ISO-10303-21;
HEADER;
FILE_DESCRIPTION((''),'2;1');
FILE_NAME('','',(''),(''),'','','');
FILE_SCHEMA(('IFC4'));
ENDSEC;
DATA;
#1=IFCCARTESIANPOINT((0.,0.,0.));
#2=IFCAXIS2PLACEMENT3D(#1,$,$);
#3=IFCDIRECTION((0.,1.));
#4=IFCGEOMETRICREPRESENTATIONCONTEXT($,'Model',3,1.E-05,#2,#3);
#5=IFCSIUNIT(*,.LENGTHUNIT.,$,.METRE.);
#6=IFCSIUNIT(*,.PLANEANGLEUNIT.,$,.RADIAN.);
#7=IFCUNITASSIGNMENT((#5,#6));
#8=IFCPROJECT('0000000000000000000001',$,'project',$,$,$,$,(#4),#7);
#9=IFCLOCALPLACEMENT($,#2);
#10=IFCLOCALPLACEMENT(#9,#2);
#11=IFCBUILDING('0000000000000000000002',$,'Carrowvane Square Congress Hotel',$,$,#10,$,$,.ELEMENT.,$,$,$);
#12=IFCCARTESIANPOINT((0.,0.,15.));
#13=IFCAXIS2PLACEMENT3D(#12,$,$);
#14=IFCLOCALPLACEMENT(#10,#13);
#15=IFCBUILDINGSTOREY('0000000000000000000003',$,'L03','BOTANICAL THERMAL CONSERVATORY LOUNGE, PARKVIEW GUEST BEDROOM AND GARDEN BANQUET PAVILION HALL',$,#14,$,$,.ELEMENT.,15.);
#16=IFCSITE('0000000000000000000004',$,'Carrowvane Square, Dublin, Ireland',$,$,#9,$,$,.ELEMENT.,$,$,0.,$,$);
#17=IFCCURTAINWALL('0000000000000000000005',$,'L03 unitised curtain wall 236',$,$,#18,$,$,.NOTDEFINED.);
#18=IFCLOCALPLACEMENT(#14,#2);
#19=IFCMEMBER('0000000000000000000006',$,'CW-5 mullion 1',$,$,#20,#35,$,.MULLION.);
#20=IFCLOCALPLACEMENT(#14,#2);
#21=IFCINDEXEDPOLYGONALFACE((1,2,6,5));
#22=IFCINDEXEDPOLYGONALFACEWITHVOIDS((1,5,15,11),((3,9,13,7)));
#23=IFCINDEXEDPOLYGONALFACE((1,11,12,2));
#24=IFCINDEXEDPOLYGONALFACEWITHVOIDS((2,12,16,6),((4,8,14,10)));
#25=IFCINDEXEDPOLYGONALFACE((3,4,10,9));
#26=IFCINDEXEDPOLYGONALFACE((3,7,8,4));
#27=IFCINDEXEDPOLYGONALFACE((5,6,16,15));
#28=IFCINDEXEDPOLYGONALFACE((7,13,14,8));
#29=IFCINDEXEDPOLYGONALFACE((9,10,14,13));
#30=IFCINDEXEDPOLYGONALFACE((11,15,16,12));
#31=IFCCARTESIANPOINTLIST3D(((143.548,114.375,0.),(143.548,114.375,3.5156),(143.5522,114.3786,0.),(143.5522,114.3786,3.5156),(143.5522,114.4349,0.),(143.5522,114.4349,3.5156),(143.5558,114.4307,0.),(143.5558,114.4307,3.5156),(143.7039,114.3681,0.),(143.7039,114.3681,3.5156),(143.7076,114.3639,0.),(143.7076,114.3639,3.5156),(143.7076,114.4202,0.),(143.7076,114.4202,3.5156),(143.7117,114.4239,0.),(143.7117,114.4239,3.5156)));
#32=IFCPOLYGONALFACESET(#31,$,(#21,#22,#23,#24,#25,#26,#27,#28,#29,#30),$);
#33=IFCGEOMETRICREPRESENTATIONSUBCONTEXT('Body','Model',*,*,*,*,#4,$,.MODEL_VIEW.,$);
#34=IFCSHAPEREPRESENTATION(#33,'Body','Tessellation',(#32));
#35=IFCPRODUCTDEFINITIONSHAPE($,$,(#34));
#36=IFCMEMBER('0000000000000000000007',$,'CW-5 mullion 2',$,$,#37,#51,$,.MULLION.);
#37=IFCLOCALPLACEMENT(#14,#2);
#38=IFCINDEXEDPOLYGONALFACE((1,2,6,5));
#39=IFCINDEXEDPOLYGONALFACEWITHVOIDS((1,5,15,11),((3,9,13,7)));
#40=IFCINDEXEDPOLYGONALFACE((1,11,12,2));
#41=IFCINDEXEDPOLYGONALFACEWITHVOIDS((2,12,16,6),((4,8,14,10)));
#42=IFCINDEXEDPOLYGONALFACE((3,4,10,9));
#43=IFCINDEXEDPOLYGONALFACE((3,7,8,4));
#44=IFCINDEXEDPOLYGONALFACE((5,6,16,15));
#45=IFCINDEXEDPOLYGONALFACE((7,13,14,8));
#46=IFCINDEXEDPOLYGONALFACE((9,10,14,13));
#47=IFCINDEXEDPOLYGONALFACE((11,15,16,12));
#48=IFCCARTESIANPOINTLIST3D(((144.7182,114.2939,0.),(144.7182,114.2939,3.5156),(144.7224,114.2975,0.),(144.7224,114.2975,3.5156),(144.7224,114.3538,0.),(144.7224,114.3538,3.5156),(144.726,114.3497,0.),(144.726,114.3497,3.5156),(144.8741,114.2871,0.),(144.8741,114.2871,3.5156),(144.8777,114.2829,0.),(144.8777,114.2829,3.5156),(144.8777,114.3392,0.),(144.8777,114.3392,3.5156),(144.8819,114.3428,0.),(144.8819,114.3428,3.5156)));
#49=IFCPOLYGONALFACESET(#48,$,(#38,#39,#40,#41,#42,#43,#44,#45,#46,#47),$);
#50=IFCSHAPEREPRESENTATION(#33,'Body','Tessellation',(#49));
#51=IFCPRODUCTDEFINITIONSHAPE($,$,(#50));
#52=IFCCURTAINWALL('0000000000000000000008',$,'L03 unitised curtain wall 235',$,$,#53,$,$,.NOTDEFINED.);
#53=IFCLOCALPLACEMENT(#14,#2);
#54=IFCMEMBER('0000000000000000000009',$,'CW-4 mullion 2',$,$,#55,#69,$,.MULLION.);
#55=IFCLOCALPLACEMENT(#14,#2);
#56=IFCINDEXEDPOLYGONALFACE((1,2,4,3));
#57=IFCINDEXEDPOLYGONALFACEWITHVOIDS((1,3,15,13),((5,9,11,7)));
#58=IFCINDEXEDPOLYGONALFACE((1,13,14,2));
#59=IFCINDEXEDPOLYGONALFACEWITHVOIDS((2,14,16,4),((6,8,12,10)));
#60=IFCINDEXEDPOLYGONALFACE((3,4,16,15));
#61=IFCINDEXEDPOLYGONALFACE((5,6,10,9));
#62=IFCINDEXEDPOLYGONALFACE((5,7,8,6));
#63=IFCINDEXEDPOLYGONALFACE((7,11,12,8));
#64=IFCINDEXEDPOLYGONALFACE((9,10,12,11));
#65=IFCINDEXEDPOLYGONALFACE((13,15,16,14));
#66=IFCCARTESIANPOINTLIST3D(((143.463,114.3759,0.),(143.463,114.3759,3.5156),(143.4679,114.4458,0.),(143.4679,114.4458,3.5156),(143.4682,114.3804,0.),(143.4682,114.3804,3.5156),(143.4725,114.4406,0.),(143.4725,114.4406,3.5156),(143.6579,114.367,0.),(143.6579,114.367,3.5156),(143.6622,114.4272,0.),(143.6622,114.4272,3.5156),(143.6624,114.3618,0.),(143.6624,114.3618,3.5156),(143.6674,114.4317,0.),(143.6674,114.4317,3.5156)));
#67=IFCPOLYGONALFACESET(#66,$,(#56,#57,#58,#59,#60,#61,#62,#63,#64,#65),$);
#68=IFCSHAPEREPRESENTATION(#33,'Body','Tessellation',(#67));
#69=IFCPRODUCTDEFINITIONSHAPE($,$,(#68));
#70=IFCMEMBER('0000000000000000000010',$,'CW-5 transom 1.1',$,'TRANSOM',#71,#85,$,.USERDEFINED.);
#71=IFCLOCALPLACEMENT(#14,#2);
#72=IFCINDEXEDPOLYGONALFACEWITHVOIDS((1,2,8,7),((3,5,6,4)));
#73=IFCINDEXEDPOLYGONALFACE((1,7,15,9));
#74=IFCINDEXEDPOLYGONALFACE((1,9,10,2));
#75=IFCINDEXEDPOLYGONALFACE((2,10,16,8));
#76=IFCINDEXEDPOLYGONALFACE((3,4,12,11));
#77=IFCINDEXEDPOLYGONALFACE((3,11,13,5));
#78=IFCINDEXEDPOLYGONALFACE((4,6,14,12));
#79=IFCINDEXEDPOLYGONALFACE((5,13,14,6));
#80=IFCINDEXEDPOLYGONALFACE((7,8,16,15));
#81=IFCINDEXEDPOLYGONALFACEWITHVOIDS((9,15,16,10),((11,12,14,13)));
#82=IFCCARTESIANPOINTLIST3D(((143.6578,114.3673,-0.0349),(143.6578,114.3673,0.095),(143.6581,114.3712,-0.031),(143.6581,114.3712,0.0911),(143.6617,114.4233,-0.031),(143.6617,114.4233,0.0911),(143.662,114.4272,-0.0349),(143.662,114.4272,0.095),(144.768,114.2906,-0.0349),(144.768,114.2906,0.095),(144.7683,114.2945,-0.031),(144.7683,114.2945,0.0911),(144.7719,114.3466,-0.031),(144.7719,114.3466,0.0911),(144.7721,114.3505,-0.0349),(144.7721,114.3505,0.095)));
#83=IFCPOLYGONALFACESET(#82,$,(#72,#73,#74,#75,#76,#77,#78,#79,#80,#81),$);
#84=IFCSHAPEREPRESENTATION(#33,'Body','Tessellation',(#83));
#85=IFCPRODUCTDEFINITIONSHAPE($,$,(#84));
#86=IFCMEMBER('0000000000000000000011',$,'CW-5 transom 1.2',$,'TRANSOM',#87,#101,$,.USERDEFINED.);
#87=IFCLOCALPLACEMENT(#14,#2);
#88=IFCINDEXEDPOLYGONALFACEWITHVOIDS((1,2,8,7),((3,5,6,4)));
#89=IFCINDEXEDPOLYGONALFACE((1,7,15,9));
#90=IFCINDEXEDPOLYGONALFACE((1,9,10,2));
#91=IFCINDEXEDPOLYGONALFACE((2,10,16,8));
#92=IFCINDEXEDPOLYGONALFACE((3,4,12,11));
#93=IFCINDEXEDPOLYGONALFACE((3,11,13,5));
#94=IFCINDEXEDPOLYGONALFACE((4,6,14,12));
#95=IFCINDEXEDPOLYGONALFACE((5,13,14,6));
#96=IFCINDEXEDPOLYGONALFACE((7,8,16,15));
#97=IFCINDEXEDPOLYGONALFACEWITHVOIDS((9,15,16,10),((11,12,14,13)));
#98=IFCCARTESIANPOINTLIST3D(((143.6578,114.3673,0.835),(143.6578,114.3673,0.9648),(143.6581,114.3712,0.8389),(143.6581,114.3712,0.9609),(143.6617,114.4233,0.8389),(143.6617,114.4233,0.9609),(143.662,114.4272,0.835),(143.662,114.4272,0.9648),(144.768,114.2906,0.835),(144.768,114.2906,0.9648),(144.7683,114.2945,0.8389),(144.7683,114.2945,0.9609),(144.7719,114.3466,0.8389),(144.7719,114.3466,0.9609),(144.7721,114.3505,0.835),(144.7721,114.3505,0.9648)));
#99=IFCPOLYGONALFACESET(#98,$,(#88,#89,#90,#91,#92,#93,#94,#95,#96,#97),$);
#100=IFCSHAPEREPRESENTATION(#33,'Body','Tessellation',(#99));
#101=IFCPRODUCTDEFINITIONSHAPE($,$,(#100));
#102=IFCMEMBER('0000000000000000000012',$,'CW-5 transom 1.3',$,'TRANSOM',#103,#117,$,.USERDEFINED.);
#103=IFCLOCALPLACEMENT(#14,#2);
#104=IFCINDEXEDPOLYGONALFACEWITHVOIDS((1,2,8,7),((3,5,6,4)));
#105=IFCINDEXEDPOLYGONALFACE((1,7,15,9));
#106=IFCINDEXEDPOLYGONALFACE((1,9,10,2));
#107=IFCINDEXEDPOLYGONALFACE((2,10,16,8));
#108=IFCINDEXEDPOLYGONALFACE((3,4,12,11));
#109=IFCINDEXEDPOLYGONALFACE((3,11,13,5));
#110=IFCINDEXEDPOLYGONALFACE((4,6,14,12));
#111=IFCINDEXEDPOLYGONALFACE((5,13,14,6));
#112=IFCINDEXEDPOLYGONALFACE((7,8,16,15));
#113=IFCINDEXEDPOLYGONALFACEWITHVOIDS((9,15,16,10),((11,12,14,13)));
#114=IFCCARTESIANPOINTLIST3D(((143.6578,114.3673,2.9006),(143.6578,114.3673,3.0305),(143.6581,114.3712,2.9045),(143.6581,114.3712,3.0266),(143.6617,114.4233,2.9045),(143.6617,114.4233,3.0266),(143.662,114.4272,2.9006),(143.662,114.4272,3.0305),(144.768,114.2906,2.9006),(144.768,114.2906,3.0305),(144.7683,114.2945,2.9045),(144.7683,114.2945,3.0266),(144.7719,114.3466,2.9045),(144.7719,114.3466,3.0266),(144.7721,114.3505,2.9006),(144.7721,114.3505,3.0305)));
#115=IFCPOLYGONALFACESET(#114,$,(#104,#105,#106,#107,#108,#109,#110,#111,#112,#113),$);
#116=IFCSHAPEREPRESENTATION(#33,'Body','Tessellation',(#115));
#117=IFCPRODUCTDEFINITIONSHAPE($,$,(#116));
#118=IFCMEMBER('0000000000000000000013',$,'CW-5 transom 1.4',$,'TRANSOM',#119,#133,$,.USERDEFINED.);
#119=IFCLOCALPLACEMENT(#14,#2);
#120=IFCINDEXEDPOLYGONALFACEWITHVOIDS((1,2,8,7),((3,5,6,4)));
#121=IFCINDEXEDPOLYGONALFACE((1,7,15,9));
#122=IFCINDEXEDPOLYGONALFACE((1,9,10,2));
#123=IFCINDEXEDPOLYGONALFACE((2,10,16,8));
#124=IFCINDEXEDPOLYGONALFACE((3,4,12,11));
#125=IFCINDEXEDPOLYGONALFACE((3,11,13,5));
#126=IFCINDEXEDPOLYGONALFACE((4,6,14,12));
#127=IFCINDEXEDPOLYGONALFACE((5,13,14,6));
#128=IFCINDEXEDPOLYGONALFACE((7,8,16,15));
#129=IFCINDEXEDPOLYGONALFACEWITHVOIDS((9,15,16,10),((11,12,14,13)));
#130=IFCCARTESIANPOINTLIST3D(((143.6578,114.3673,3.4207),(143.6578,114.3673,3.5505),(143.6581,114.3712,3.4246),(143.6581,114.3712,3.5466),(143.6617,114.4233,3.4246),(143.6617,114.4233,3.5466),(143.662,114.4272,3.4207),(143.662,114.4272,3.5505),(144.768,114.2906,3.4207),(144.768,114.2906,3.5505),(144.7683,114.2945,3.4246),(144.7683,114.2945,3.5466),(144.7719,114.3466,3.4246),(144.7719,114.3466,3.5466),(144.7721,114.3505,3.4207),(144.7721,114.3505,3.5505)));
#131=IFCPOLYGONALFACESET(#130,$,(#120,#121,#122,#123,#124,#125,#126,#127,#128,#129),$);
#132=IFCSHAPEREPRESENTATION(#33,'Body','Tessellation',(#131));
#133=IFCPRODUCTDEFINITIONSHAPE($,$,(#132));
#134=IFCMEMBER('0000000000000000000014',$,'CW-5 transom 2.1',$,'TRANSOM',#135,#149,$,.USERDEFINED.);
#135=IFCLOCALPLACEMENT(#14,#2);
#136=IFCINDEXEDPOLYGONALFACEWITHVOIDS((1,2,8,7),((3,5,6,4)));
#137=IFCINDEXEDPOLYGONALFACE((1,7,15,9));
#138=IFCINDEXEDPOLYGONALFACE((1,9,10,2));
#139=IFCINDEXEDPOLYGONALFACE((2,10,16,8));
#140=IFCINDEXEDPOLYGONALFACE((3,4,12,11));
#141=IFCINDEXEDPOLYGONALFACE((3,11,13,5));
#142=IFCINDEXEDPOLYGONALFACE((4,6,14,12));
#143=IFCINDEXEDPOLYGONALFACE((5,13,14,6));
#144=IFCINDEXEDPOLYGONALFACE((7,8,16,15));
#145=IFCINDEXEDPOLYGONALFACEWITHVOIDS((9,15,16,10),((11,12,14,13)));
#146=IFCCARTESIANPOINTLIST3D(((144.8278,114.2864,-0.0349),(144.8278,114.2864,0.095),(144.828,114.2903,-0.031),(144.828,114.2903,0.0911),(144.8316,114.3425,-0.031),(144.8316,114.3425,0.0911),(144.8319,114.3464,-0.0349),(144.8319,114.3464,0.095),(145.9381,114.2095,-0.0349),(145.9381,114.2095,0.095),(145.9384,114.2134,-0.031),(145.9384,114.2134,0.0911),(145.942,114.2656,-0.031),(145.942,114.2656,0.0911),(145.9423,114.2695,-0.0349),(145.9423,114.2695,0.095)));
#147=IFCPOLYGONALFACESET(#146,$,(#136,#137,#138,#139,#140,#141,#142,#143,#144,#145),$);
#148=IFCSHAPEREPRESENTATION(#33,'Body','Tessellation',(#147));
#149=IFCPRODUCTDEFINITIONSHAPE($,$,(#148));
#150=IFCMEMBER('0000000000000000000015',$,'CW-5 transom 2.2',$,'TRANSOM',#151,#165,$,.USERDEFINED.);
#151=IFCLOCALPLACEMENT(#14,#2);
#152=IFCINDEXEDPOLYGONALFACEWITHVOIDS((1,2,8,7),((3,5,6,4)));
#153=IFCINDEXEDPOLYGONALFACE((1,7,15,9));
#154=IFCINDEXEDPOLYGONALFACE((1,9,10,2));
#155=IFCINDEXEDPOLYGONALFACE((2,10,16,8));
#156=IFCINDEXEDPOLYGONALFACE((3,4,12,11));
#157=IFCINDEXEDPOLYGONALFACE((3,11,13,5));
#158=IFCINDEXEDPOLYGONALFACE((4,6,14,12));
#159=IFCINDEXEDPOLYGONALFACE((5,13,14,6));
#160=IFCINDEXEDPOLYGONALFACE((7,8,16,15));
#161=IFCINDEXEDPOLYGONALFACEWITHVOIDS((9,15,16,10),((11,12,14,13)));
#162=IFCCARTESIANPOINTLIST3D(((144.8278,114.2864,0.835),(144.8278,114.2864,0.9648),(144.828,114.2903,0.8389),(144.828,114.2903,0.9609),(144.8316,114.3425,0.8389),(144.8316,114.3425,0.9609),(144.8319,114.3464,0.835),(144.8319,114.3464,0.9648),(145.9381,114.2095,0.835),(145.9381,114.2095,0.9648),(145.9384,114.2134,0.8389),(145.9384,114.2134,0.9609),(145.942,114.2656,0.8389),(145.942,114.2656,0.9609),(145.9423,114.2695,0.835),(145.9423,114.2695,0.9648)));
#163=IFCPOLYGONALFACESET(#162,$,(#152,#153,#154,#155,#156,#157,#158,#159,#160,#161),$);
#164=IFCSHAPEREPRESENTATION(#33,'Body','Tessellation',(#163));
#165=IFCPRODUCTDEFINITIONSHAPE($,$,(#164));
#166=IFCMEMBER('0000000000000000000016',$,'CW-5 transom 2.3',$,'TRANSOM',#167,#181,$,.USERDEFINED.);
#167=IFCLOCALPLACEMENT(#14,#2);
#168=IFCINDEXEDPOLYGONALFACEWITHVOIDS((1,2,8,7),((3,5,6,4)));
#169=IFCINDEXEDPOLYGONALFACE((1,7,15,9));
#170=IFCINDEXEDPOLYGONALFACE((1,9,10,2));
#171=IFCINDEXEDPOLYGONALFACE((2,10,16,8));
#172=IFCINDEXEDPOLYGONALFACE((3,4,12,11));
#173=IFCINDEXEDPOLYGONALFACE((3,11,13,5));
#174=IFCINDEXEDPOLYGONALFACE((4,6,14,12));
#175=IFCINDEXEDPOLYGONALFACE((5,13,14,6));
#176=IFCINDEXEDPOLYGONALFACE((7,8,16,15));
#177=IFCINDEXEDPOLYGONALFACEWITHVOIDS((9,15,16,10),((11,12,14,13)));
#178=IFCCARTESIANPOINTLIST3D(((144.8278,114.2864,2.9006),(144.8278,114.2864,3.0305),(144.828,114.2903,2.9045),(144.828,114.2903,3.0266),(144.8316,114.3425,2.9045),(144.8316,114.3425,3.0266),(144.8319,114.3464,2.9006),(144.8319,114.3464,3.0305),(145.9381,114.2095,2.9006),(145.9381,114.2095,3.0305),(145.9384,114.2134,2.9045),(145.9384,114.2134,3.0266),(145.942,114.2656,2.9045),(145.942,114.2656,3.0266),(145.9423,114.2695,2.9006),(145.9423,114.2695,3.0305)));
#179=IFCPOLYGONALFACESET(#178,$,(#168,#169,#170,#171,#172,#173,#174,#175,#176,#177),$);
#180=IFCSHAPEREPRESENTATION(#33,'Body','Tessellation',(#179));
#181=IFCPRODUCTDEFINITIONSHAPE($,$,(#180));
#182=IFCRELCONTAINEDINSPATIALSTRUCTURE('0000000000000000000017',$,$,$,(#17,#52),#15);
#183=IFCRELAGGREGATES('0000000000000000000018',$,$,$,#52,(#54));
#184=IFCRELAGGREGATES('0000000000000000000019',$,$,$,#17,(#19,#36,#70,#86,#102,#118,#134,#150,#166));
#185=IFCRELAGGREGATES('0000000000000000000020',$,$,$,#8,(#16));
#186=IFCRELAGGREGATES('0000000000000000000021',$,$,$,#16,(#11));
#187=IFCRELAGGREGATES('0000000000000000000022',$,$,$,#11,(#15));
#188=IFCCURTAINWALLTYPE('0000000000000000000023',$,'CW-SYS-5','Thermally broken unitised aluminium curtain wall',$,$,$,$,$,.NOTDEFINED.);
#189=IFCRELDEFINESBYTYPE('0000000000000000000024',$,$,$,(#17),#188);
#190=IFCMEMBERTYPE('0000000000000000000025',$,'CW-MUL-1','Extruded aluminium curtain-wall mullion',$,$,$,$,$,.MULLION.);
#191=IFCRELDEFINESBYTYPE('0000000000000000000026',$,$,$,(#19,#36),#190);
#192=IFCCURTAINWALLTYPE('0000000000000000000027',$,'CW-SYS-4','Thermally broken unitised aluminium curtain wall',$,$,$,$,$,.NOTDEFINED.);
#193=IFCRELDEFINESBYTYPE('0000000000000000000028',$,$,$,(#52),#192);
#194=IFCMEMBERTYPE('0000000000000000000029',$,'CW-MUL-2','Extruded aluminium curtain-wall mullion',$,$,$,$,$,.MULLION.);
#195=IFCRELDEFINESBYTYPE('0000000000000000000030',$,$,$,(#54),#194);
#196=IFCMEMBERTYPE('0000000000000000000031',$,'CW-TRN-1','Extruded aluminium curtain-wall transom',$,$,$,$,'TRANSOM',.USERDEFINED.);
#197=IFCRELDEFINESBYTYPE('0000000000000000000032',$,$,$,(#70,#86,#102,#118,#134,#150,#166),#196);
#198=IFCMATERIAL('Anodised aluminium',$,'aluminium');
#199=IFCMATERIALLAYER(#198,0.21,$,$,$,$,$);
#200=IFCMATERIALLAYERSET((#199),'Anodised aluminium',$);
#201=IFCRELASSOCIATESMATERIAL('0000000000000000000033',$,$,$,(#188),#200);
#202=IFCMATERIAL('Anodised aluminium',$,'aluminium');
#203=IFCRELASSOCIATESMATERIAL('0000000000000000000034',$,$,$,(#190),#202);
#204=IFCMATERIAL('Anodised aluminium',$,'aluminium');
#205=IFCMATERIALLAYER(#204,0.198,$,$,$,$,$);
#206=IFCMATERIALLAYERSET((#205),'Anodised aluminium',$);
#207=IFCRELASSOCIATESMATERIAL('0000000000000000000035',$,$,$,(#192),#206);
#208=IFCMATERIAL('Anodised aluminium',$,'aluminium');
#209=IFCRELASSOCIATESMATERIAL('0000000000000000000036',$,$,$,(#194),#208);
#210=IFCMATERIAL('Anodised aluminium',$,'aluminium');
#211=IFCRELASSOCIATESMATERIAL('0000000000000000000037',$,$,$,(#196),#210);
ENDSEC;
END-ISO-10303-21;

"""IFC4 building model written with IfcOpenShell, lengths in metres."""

from ifc_helpers import new_model, si_unit, direction, frame, origin, origin_2d, place, context, subcontext, project, spatial, hollow_rectangle, extrude, material, layer, layer_set, material_profile, profile_set, type_object, element, aggregate, save


model = new_model("IFC4")

# Units and contexts
model_context = context("Model", 3, precision=1e-05, world=origin(), true_north=direction((0.0, 1.0)))
body_context = subcontext(model_context, "Body", "Model", "MODEL_VIEW")
ifc_project = project(units=[si_unit("LENGTHUNIT", "METRE"), si_unit("PLANEANGLEUNIT", "RADIAN")], contexts=[model_context])

# Site, building, storey
site_placement = place(None, origin())
site = spatial("IfcSite", under=ifc_project, at=site_placement, Name="Carrowvane Square, Dublin, Ireland", CompositionType="ELEMENT", RefElevation=0.0)
building_placement = place(site_placement, origin())
building = spatial("IfcBuilding", under=site, at=building_placement, Name="Carrowvane Square Congress Hotel", CompositionType="ELEMENT")
storey_placement = place(building_placement, frame((0.0, 0.0, 15.0)))
storey = spatial("IfcBuildingStorey", under=building, at=storey_placement, Name="L03", Description="BOTANICAL THERMAL CONSERVATORY LOUNGE, PARKVIEW GUEST BEDROOM AND GARDEN BANQUET PAVILION HALL", CompositionType="ELEMENT", Elevation=15.0)

# Curtain wall, members
ifc_material_1 = material(Name="Anodised aluminium", Category="aluminium")
ifc_layer_1 = layer(ifc_material_1, 0.21)
ifc_layer_set_1 = layer_set([ifc_layer_1], Name="Anodised aluminium")
curtain_wall_type_1 = type_object("IfcCurtainWallType", Name="CW-SYS-5", Description="Thermally broken unitised aluminium curtain wall", PredefinedType="NOTDEFINED", material=ifc_layer_set_1)
curtain_wall_1_placement = place(storey_placement, origin())
curtain_wall_1 = element("IfcCurtainWall", 1, at=curtain_wall_1_placement, inside=storey, type_object=curtain_wall_type_1, Name="L03 unitised curtain wall 236", PredefinedType="NOTDEFINED")
ifc_material_2 = material(Name="Anodised aluminium", Category="aluminium")
ifc_material_profile_1 = material_profile(ifc_material_2, hollow_rectangle(XDim=0.0601, YDim=0.1599, WallThickness=0.0039, at=origin_2d()), Name="CW-ML 60x160x4")
ifc_profile_set_1 = profile_set([ifc_material_profile_1], Name="Anodised aluminium")
member_type_1 = type_object("IfcMemberType", Name="CW-MUL-1", Description="Extruded aluminium curtain-wall mullion", PredefinedType="MULLION", material=ifc_profile_set_1)
member_1_placement = place(storey_placement, frame((143.6299, 114.3994, 0.0), z_axis=(0.0, 0.0, 1.0), x_axis=(0.068986, 0.997618, 0.0)))
member_1 = element("IfcMember", 2, at=member_1_placement, type_object=member_type_1, Name="CW-5 mullion 1", PredefinedType="MULLION", context=body_context, shape_type="SweptSolid", body=[
    extrude(hollow_rectangle(XDim=0.0601, YDim=0.1599, WallThickness=0.0039, at=origin_2d()), origin(), (0.0, 0.0, 1.0), 3.5156),
])
member_2_placement = place(storey_placement, frame((144.8, 114.3184, 0.0), z_axis=(0.0, 0.0, 1.0), x_axis=(0.068986, 0.997618, 0.0)))
member_2 = element("IfcMember", 3, at=member_2_placement, type_object=member_type_1, Name="CW-5 mullion 2", PredefinedType="MULLION", context=body_context, shape_type="SweptSolid", body=[
    extrude(hollow_rectangle(XDim=0.0601, YDim=0.1599, WallThickness=0.0039, at=origin_2d()), origin(), (0.0, 0.0, 1.0), 3.5156),
])

# Curtain wall, member
ifc_material_3 = material(Name="Anodised aluminium", Category="aluminium")
ifc_layer_2 = layer(ifc_material_3, 0.198)
ifc_layer_set_2 = layer_set([ifc_layer_2], Name="Anodised aluminium")
curtain_wall_type_2 = type_object("IfcCurtainWallType", Name="CW-SYS-4", Description="Thermally broken unitised aluminium curtain wall", PredefinedType="NOTDEFINED", material=ifc_layer_set_2)
curtain_wall_2_placement = place(storey_placement, origin())
curtain_wall_2 = element("IfcCurtainWall", 4, at=curtain_wall_2_placement, inside=storey, type_object=curtain_wall_type_2, Name="L03 unitised curtain wall 235", PredefinedType="NOTDEFINED")
ifc_material_4 = material(Name="Anodised aluminium", Category="aluminium")
ifc_material_profile_2 = material_profile(ifc_material_4, hollow_rectangle(XDim=0.0701, YDim=0.2, WallThickness=0.0049, at=origin_2d()), Name="CW-ML 70x200x5")
ifc_profile_set_2 = profile_set([ifc_material_profile_2], Name="Anodised aluminium")
member_type_2 = type_object("IfcMemberType", Name="CW-MUL-2", Description="Extruded aluminium curtain-wall mullion", PredefinedType="MULLION", material=ifc_profile_set_2)
member_3_placement = place(storey_placement, frame((143.5652, 114.4038, 0.0), z_axis=(0.0, 0.0, 1.0), x_axis=(0.070586, 0.997506, 0.0)))
member_3 = element("IfcMember", 5, at=member_3_placement, type_object=member_type_2, Name="CW-4 mullion 2", PredefinedType="MULLION", context=body_context, shape_type="SweptSolid", body=[
    extrude(hollow_rectangle(XDim=0.0701, YDim=0.2, WallThickness=0.0049, at=origin_2d()), origin(), (0.0, 0.0, 1.0), 3.5156),
])

# Members
ifc_material_5 = material(Name="Anodised aluminium", Category="aluminium")
ifc_material_profile_3 = material_profile(ifc_material_5, hollow_rectangle(XDim=0.0601, YDim=0.1299, WallThickness=0.0039, at=origin_2d()), Name="CW-TR 60x130x4")
ifc_profile_set_3 = profile_set([ifc_material_profile_3], Name="Anodised aluminium")
member_type_3 = type_object("IfcMemberType", Name="CW-TRN-1", Description="Extruded aluminium curtain-wall transom", ElementType="TRANSOM", PredefinedType="USERDEFINED", material=ifc_profile_set_3)
member_4_placement = place(storey_placement, frame((143.6599, 114.3972, 0.03), z_axis=(0.997624, -0.068892, 0.0), x_axis=(0.068892, 0.997624, 0.0)))
member_4 = element("IfcMember", 6, at=member_4_placement, type_object=member_type_3, Name="CW-5 transom 1.1", ObjectType="TRANSOM", PredefinedType="USERDEFINED", context=body_context, shape_type="SweptSolid", body=[
    extrude(hollow_rectangle(XDim=0.0601, YDim=0.1299, WallThickness=0.0039, at=origin_2d()), origin(), (0.0, 0.0, 1.0), 1.1128),
])
member_5_placement = place(storey_placement, frame((143.6599, 114.3972, 0.8999), z_axis=(0.997624, -0.068892, 0.0), x_axis=(0.068892, 0.997624, 0.0)))
member_5 = element("IfcMember", 7, at=member_5_placement, type_object=member_type_3, Name="CW-5 transom 1.2", ObjectType="TRANSOM", PredefinedType="USERDEFINED", context=body_context, shape_type="SweptSolid", body=[
    extrude(hollow_rectangle(XDim=0.0601, YDim=0.1299, WallThickness=0.0039, at=origin_2d()), origin(), (0.0, 0.0, 1.0), 1.1128),
])
member_6_placement = place(storey_placement, frame((143.6599, 114.3972, 2.9656), z_axis=(0.997624, -0.068892, 0.0), x_axis=(0.068892, 0.997624, 0.0)))
member_6 = element("IfcMember", 8, at=member_6_placement, type_object=member_type_3, Name="CW-5 transom 1.3", ObjectType="TRANSOM", PredefinedType="USERDEFINED", context=body_context, shape_type="SweptSolid", body=[
    extrude(hollow_rectangle(XDim=0.0601, YDim=0.1299, WallThickness=0.0039, at=origin_2d()), origin(), (0.0, 0.0, 1.0), 1.1128),
])
member_7_placement = place(storey_placement, frame((143.6599, 114.3972, 3.4856), z_axis=(0.997624, -0.068892, 0.0), x_axis=(0.068892, 0.997624, 0.0)))
member_7 = element("IfcMember", 9, at=member_7_placement, type_object=member_type_3, Name="CW-5 transom 1.4", ObjectType="TRANSOM", PredefinedType="USERDEFINED", context=body_context, shape_type="SweptSolid", body=[
    extrude(hollow_rectangle(XDim=0.0601, YDim=0.1299, WallThickness=0.0039, at=origin_2d()), origin(), (0.0, 0.0, 1.0), 1.1128),
])
member_8_placement = place(storey_placement, frame((144.8298, 114.3164, 0.03), z_axis=(0.99761, -0.069096, 0.0), x_axis=(0.069096, 0.99761, 0.0)))
member_8 = element("IfcMember", 10, at=member_8_placement, type_object=member_type_3, Name="CW-5 transom 2.1", ObjectType="TRANSOM", PredefinedType="USERDEFINED", context=body_context, shape_type="SweptSolid", body=[
    extrude(hollow_rectangle(XDim=0.0601, YDim=0.1299, WallThickness=0.0039, at=origin_2d()), origin(), (0.0, 0.0, 1.0), 1.113),
])
member_9_placement = place(storey_placement, frame((144.8298, 114.3164, 0.8999), z_axis=(0.99761, -0.069096, 0.0), x_axis=(0.069096, 0.99761, 0.0)))
member_9 = element("IfcMember", 11, at=member_9_placement, type_object=member_type_3, Name="CW-5 transom 2.2", ObjectType="TRANSOM", PredefinedType="USERDEFINED", context=body_context, shape_type="SweptSolid", body=[
    extrude(hollow_rectangle(XDim=0.0601, YDim=0.1299, WallThickness=0.0039, at=origin_2d()), origin(), (0.0, 0.0, 1.0), 1.113),
])
member_10_placement = place(storey_placement, frame((144.8298, 114.3164, 2.9656), z_axis=(0.99761, -0.069096, 0.0), x_axis=(0.069096, 0.99761, 0.0)))
member_10 = element("IfcMember", 12, at=member_10_placement, type_object=member_type_3, Name="CW-5 transom 2.3", ObjectType="TRANSOM", PredefinedType="USERDEFINED", context=body_context, shape_type="SweptSolid", body=[
    extrude(hollow_rectangle(XDim=0.0601, YDim=0.1299, WallThickness=0.0039, at=origin_2d()), origin(), (0.0, 0.0, 1.0), 1.113),
])

aggregate(curtain_wall_2, [member_3])
aggregate(curtain_wall_1, [member_1, member_2, member_4, member_5, member_6, member_7, member_8, member_9, member_10])

save(model, "model.ifc")
